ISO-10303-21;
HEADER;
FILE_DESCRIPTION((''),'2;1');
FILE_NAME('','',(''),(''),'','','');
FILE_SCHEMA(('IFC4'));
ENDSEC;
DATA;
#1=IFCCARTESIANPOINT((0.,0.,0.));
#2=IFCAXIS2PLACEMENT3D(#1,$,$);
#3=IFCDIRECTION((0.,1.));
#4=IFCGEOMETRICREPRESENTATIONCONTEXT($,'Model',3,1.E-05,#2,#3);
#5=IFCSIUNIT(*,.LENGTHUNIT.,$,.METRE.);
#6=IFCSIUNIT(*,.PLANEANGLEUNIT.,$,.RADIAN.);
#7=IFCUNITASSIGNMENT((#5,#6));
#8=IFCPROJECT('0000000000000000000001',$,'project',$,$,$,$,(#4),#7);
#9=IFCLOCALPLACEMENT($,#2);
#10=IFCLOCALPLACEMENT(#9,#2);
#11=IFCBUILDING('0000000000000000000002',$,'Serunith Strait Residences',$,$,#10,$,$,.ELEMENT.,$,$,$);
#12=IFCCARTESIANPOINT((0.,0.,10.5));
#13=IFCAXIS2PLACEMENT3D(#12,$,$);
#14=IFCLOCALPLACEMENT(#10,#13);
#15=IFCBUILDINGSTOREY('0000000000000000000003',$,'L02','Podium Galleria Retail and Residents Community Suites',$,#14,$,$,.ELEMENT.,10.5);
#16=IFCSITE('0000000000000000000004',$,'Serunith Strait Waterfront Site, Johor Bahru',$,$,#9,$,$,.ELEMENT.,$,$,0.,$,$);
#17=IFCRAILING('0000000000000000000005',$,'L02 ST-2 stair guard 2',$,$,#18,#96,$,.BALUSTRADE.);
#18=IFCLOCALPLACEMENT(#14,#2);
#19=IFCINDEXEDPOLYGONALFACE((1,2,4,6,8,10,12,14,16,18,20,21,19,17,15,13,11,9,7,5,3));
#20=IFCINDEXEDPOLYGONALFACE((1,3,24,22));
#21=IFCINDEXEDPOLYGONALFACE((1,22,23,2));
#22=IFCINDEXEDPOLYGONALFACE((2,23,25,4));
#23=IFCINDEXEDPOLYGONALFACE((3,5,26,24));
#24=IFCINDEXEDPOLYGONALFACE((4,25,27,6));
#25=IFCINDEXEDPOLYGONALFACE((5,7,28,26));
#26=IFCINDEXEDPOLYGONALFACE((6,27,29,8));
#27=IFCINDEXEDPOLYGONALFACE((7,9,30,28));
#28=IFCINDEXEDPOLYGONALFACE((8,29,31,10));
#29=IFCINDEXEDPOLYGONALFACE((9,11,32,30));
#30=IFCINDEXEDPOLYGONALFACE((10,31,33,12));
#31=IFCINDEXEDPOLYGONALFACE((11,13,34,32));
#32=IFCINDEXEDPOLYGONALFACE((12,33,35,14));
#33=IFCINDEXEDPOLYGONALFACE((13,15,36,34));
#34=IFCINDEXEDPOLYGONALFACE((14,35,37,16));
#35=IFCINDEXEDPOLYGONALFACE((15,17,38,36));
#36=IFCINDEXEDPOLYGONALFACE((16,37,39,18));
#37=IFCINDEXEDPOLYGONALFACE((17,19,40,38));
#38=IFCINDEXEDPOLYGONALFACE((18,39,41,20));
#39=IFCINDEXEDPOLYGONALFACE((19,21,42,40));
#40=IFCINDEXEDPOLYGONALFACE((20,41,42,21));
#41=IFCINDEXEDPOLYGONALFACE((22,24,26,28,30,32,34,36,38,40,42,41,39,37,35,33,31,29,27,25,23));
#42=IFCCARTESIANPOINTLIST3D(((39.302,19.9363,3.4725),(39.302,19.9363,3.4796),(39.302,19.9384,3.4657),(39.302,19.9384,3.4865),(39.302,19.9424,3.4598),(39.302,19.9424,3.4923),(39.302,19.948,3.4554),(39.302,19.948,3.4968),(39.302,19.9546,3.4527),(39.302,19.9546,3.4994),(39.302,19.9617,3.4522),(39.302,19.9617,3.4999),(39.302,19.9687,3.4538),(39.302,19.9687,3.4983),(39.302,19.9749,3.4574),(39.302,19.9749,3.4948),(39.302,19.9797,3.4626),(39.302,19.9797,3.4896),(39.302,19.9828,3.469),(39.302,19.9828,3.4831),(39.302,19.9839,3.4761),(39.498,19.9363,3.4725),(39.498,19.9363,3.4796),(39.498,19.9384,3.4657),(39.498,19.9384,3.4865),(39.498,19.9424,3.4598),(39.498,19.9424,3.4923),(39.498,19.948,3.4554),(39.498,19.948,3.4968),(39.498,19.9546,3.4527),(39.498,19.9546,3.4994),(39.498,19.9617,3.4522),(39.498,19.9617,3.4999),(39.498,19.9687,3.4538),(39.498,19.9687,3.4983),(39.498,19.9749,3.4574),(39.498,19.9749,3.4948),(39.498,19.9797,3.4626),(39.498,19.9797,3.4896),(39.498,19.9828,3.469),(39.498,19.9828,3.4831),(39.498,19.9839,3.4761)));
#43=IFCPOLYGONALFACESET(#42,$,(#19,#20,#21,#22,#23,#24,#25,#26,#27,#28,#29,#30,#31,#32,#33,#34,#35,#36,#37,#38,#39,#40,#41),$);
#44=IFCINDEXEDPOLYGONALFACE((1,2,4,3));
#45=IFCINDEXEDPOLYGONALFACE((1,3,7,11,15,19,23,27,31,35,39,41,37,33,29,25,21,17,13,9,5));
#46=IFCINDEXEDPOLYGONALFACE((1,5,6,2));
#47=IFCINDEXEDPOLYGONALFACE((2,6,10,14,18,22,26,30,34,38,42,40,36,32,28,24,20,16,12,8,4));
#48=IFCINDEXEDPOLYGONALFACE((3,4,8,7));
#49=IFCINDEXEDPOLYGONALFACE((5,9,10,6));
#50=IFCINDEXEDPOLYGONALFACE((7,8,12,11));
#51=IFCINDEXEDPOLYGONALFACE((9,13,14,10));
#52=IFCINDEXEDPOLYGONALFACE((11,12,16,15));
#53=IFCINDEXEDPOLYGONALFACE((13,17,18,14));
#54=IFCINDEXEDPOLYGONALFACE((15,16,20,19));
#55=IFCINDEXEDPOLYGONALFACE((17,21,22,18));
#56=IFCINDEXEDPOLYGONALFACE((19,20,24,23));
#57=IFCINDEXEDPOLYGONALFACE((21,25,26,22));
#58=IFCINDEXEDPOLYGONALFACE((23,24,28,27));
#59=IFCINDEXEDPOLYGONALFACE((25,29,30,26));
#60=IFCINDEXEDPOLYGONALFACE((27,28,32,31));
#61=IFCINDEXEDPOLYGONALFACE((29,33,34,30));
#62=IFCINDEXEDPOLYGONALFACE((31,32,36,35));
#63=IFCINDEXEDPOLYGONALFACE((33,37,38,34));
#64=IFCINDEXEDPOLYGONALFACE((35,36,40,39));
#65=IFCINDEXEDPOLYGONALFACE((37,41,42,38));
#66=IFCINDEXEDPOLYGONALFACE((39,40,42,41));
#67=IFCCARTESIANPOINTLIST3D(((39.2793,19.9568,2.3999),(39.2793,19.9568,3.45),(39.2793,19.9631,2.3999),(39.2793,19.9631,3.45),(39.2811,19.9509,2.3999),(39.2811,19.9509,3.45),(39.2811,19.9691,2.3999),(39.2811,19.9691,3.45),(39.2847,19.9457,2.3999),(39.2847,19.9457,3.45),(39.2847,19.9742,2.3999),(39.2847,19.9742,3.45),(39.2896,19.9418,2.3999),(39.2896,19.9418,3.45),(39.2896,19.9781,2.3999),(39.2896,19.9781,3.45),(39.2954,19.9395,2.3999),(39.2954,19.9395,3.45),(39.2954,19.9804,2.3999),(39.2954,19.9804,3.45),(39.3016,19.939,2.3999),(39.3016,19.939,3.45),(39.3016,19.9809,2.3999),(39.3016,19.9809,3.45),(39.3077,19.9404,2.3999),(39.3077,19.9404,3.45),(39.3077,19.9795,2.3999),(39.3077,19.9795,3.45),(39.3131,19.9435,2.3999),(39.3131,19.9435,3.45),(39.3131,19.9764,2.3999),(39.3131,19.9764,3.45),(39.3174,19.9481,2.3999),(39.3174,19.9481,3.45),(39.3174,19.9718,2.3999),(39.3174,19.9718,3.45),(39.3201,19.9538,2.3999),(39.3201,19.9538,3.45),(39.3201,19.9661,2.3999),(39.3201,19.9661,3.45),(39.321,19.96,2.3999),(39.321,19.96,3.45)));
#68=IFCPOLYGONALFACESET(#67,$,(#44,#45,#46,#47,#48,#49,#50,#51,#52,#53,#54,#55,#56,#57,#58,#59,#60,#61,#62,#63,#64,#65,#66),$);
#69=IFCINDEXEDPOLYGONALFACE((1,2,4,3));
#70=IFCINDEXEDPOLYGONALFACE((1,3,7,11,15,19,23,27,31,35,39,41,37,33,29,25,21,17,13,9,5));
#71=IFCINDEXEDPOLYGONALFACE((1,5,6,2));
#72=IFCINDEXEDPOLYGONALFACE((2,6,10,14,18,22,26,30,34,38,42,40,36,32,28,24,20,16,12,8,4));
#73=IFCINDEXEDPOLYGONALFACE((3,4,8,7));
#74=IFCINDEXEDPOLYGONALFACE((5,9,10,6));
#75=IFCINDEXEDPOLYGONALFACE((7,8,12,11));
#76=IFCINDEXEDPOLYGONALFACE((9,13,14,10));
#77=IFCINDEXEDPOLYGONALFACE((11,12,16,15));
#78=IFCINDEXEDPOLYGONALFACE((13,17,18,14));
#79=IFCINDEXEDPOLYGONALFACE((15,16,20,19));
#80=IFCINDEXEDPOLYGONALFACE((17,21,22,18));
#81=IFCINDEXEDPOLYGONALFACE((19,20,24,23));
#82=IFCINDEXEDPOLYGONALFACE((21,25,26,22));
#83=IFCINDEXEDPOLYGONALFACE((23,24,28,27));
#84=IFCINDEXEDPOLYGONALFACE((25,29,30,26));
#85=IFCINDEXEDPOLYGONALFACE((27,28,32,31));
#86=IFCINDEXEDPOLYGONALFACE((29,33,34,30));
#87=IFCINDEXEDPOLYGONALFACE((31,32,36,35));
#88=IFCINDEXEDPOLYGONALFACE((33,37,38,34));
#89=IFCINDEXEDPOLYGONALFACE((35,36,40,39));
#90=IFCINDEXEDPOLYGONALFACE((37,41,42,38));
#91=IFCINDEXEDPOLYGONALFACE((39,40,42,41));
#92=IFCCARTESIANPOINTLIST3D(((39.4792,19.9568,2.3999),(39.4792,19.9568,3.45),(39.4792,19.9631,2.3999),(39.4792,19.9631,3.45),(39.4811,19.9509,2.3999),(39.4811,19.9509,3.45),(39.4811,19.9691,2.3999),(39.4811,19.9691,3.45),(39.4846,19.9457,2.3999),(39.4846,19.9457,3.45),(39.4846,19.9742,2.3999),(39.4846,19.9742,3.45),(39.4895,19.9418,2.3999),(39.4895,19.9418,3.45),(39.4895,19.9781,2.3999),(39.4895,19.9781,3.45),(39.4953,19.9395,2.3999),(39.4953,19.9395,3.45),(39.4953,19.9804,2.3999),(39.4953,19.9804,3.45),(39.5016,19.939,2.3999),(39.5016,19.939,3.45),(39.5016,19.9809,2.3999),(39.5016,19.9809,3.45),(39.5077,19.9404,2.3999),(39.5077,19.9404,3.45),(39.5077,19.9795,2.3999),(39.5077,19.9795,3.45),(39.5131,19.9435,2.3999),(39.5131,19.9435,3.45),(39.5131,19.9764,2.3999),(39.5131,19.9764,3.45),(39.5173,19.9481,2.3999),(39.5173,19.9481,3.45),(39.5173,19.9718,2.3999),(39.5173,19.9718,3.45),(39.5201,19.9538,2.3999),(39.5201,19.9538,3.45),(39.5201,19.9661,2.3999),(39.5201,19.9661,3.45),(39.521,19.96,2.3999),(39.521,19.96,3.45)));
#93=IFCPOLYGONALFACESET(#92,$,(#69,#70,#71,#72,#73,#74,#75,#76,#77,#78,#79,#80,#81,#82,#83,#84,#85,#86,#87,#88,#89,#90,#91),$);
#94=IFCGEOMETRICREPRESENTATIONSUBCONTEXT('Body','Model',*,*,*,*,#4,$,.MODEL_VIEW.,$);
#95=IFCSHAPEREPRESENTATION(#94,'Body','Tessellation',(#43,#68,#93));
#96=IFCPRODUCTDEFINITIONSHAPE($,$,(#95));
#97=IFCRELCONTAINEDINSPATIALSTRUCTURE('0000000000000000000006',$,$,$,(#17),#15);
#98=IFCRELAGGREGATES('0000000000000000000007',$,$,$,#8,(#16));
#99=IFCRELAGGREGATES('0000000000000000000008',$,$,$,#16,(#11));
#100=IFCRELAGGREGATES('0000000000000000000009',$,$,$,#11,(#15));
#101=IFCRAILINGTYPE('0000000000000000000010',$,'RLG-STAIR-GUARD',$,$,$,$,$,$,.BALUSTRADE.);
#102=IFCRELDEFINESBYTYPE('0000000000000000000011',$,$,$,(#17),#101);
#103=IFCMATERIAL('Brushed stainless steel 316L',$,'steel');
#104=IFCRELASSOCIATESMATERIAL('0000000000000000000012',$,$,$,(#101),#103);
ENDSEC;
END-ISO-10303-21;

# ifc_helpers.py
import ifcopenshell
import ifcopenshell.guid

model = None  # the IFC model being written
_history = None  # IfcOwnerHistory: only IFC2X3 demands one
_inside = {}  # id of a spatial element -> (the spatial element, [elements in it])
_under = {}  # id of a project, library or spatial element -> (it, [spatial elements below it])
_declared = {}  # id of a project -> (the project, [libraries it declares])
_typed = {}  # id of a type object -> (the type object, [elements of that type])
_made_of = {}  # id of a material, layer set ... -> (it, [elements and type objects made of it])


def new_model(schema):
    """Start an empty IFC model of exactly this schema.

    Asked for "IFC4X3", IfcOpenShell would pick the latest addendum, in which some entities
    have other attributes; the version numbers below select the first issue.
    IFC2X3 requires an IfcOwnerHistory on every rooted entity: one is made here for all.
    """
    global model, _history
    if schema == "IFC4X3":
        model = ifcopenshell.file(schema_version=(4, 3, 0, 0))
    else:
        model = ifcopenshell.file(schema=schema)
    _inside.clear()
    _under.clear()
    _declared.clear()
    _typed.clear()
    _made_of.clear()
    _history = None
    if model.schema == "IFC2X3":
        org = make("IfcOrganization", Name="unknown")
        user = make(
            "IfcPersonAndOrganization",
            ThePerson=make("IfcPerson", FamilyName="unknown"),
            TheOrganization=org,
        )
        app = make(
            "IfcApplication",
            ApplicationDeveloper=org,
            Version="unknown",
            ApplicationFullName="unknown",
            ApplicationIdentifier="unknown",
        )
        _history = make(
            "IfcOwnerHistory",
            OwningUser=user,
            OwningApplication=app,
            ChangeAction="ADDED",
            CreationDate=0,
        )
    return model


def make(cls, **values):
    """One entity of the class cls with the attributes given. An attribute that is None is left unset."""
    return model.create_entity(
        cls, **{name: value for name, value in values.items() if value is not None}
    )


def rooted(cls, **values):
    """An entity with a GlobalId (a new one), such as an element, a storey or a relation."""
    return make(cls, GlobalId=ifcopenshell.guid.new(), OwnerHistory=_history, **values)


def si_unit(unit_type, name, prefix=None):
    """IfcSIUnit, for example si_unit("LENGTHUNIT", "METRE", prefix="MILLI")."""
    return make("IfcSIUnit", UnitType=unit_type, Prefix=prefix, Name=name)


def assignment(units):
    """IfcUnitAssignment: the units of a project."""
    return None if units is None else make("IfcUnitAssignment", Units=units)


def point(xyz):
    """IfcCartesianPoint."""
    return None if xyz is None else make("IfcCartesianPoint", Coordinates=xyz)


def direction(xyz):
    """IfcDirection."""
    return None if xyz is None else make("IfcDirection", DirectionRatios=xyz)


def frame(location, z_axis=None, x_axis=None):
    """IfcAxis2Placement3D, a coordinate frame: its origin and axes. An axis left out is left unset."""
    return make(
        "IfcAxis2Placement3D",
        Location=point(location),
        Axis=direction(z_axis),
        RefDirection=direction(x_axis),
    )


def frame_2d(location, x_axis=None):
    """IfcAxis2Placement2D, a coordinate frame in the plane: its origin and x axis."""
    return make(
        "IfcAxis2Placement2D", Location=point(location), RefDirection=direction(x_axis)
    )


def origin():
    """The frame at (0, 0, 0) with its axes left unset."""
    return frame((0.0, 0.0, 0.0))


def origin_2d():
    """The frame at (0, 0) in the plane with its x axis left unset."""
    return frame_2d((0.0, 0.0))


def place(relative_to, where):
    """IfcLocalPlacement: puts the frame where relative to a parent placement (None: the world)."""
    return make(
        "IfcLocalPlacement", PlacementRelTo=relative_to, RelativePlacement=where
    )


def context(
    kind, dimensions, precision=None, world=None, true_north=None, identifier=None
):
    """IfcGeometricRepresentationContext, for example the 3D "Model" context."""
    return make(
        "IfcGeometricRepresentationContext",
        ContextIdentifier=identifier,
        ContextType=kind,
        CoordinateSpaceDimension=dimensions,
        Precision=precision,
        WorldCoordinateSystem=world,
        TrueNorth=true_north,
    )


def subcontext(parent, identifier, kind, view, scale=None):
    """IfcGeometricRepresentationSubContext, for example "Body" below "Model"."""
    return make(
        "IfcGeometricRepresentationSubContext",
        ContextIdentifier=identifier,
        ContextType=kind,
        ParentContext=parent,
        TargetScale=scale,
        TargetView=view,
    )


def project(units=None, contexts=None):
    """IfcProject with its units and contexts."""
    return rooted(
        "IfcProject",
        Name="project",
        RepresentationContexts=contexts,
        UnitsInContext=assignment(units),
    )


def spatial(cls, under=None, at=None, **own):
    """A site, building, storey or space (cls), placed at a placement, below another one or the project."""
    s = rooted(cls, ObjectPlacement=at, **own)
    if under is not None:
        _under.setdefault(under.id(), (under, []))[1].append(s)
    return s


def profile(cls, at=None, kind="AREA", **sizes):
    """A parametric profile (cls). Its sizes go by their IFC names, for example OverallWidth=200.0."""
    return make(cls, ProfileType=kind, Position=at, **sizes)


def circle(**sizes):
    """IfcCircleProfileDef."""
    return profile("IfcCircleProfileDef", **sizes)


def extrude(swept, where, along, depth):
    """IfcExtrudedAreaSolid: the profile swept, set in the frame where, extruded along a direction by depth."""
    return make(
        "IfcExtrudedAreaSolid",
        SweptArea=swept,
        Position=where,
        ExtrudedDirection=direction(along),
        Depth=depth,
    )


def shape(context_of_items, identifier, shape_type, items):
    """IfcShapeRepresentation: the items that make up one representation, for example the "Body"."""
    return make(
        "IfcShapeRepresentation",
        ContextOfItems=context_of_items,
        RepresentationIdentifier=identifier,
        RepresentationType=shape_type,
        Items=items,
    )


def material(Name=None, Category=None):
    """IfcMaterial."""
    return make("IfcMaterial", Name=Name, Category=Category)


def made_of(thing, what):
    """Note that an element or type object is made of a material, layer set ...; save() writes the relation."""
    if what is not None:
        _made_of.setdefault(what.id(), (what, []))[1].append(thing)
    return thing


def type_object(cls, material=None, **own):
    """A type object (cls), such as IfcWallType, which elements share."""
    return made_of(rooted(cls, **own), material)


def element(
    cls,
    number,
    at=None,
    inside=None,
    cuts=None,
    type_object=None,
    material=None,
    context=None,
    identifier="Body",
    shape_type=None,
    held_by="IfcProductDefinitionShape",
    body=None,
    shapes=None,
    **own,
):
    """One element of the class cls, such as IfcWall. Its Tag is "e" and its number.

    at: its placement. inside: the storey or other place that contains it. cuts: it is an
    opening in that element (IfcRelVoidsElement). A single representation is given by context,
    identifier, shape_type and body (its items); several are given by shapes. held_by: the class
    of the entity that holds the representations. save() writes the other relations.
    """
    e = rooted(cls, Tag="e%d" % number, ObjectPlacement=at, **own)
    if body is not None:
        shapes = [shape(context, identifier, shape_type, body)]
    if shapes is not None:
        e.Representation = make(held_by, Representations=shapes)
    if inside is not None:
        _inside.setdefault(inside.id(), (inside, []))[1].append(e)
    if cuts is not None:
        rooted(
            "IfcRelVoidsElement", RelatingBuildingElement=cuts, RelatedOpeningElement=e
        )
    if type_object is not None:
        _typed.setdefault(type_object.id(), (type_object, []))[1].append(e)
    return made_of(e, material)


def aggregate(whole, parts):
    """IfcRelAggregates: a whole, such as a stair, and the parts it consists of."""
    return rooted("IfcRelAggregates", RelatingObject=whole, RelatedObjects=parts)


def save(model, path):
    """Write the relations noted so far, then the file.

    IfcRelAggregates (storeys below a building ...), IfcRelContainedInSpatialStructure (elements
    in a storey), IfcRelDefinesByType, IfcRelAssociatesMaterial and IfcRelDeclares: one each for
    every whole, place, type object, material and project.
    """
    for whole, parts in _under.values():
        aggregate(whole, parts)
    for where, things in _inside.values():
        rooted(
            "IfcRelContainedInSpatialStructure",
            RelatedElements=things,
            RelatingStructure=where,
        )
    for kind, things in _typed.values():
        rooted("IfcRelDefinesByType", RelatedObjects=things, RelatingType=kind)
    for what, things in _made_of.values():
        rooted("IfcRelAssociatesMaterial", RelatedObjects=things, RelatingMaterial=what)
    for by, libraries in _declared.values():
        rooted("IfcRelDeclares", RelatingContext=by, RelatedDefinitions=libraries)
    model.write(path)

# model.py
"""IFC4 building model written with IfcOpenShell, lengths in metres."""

from ifc_helpers import new_model, si_unit, direction, frame, origin, origin_2d, place, context, subcontext, project, spatial, circle, extrude, material, type_object, element, save


model = new_model("IFC4")

# Units and contexts
model_context = context("Model", 3, precision=1e-05, world=origin(), true_north=direction((0.0, 1.0)))
body_context = subcontext(model_context, "Body", "Model", "MODEL_VIEW")
ifc_project = project(units=[si_unit("LENGTHUNIT", "METRE"), si_unit("PLANEANGLEUNIT", "RADIAN")], contexts=[model_context])

# Site, building, storey
site_placement = place(None, origin())
site = spatial("IfcSite", under=ifc_project, at=site_placement, Name="Serunith Strait Waterfront Site, Johor Bahru", CompositionType="ELEMENT", RefElevation=0.0)
building_placement = place(site_placement, origin())
building = spatial("IfcBuilding", under=site, at=building_placement, Name="Serunith Strait Residences", CompositionType="ELEMENT")
storey_placement = place(building_placement, frame((0.0, 0.0, 10.5)))
storey = spatial("IfcBuildingStorey", under=building, at=storey_placement, Name="L02", Description="Podium Galleria Retail and Residents Community Suites", CompositionType="ELEMENT", Elevation=10.5)

# Railing
ifc_material_1 = material(Name="Brushed stainless steel 316L", Category="steel")
railing_type_1 = type_object("IfcRailingType", Name="RLG-STAIR-GUARD", PredefinedType="BALUSTRADE", material=ifc_material_1)
railing_1_placement = place(storey_placement, frame((39.3, 19.96, 2.3999)))
element("IfcRailing", 1, at=railing_1_placement, inside=storey, type_object=railing_type_1, Name="L02 ST-2 stair guard 2", PredefinedType="BALUSTRADE", context=body_context, shape_type="SweptSolid", body=[
    extrude(circle(Radius=0.0239, at=origin_2d()), frame((0.002, 0.0, 1.0762), z_axis=(1.0, 0.0, 0.0), x_axis=(0.0, 1.0, 0.0)), (0.0, 0.0, 1.0), 0.196),
    extrude(circle(Radius=0.021, at=origin_2d()), origin(), (0.0, 0.0, 1.0), 1.05),
    extrude(circle(Radius=0.021, at=origin_2d()), frame((0.2, 0.0, 0.0)), (0.0, 0.0, 1.0), 1.05),
])

save(model, "model.ifc")
